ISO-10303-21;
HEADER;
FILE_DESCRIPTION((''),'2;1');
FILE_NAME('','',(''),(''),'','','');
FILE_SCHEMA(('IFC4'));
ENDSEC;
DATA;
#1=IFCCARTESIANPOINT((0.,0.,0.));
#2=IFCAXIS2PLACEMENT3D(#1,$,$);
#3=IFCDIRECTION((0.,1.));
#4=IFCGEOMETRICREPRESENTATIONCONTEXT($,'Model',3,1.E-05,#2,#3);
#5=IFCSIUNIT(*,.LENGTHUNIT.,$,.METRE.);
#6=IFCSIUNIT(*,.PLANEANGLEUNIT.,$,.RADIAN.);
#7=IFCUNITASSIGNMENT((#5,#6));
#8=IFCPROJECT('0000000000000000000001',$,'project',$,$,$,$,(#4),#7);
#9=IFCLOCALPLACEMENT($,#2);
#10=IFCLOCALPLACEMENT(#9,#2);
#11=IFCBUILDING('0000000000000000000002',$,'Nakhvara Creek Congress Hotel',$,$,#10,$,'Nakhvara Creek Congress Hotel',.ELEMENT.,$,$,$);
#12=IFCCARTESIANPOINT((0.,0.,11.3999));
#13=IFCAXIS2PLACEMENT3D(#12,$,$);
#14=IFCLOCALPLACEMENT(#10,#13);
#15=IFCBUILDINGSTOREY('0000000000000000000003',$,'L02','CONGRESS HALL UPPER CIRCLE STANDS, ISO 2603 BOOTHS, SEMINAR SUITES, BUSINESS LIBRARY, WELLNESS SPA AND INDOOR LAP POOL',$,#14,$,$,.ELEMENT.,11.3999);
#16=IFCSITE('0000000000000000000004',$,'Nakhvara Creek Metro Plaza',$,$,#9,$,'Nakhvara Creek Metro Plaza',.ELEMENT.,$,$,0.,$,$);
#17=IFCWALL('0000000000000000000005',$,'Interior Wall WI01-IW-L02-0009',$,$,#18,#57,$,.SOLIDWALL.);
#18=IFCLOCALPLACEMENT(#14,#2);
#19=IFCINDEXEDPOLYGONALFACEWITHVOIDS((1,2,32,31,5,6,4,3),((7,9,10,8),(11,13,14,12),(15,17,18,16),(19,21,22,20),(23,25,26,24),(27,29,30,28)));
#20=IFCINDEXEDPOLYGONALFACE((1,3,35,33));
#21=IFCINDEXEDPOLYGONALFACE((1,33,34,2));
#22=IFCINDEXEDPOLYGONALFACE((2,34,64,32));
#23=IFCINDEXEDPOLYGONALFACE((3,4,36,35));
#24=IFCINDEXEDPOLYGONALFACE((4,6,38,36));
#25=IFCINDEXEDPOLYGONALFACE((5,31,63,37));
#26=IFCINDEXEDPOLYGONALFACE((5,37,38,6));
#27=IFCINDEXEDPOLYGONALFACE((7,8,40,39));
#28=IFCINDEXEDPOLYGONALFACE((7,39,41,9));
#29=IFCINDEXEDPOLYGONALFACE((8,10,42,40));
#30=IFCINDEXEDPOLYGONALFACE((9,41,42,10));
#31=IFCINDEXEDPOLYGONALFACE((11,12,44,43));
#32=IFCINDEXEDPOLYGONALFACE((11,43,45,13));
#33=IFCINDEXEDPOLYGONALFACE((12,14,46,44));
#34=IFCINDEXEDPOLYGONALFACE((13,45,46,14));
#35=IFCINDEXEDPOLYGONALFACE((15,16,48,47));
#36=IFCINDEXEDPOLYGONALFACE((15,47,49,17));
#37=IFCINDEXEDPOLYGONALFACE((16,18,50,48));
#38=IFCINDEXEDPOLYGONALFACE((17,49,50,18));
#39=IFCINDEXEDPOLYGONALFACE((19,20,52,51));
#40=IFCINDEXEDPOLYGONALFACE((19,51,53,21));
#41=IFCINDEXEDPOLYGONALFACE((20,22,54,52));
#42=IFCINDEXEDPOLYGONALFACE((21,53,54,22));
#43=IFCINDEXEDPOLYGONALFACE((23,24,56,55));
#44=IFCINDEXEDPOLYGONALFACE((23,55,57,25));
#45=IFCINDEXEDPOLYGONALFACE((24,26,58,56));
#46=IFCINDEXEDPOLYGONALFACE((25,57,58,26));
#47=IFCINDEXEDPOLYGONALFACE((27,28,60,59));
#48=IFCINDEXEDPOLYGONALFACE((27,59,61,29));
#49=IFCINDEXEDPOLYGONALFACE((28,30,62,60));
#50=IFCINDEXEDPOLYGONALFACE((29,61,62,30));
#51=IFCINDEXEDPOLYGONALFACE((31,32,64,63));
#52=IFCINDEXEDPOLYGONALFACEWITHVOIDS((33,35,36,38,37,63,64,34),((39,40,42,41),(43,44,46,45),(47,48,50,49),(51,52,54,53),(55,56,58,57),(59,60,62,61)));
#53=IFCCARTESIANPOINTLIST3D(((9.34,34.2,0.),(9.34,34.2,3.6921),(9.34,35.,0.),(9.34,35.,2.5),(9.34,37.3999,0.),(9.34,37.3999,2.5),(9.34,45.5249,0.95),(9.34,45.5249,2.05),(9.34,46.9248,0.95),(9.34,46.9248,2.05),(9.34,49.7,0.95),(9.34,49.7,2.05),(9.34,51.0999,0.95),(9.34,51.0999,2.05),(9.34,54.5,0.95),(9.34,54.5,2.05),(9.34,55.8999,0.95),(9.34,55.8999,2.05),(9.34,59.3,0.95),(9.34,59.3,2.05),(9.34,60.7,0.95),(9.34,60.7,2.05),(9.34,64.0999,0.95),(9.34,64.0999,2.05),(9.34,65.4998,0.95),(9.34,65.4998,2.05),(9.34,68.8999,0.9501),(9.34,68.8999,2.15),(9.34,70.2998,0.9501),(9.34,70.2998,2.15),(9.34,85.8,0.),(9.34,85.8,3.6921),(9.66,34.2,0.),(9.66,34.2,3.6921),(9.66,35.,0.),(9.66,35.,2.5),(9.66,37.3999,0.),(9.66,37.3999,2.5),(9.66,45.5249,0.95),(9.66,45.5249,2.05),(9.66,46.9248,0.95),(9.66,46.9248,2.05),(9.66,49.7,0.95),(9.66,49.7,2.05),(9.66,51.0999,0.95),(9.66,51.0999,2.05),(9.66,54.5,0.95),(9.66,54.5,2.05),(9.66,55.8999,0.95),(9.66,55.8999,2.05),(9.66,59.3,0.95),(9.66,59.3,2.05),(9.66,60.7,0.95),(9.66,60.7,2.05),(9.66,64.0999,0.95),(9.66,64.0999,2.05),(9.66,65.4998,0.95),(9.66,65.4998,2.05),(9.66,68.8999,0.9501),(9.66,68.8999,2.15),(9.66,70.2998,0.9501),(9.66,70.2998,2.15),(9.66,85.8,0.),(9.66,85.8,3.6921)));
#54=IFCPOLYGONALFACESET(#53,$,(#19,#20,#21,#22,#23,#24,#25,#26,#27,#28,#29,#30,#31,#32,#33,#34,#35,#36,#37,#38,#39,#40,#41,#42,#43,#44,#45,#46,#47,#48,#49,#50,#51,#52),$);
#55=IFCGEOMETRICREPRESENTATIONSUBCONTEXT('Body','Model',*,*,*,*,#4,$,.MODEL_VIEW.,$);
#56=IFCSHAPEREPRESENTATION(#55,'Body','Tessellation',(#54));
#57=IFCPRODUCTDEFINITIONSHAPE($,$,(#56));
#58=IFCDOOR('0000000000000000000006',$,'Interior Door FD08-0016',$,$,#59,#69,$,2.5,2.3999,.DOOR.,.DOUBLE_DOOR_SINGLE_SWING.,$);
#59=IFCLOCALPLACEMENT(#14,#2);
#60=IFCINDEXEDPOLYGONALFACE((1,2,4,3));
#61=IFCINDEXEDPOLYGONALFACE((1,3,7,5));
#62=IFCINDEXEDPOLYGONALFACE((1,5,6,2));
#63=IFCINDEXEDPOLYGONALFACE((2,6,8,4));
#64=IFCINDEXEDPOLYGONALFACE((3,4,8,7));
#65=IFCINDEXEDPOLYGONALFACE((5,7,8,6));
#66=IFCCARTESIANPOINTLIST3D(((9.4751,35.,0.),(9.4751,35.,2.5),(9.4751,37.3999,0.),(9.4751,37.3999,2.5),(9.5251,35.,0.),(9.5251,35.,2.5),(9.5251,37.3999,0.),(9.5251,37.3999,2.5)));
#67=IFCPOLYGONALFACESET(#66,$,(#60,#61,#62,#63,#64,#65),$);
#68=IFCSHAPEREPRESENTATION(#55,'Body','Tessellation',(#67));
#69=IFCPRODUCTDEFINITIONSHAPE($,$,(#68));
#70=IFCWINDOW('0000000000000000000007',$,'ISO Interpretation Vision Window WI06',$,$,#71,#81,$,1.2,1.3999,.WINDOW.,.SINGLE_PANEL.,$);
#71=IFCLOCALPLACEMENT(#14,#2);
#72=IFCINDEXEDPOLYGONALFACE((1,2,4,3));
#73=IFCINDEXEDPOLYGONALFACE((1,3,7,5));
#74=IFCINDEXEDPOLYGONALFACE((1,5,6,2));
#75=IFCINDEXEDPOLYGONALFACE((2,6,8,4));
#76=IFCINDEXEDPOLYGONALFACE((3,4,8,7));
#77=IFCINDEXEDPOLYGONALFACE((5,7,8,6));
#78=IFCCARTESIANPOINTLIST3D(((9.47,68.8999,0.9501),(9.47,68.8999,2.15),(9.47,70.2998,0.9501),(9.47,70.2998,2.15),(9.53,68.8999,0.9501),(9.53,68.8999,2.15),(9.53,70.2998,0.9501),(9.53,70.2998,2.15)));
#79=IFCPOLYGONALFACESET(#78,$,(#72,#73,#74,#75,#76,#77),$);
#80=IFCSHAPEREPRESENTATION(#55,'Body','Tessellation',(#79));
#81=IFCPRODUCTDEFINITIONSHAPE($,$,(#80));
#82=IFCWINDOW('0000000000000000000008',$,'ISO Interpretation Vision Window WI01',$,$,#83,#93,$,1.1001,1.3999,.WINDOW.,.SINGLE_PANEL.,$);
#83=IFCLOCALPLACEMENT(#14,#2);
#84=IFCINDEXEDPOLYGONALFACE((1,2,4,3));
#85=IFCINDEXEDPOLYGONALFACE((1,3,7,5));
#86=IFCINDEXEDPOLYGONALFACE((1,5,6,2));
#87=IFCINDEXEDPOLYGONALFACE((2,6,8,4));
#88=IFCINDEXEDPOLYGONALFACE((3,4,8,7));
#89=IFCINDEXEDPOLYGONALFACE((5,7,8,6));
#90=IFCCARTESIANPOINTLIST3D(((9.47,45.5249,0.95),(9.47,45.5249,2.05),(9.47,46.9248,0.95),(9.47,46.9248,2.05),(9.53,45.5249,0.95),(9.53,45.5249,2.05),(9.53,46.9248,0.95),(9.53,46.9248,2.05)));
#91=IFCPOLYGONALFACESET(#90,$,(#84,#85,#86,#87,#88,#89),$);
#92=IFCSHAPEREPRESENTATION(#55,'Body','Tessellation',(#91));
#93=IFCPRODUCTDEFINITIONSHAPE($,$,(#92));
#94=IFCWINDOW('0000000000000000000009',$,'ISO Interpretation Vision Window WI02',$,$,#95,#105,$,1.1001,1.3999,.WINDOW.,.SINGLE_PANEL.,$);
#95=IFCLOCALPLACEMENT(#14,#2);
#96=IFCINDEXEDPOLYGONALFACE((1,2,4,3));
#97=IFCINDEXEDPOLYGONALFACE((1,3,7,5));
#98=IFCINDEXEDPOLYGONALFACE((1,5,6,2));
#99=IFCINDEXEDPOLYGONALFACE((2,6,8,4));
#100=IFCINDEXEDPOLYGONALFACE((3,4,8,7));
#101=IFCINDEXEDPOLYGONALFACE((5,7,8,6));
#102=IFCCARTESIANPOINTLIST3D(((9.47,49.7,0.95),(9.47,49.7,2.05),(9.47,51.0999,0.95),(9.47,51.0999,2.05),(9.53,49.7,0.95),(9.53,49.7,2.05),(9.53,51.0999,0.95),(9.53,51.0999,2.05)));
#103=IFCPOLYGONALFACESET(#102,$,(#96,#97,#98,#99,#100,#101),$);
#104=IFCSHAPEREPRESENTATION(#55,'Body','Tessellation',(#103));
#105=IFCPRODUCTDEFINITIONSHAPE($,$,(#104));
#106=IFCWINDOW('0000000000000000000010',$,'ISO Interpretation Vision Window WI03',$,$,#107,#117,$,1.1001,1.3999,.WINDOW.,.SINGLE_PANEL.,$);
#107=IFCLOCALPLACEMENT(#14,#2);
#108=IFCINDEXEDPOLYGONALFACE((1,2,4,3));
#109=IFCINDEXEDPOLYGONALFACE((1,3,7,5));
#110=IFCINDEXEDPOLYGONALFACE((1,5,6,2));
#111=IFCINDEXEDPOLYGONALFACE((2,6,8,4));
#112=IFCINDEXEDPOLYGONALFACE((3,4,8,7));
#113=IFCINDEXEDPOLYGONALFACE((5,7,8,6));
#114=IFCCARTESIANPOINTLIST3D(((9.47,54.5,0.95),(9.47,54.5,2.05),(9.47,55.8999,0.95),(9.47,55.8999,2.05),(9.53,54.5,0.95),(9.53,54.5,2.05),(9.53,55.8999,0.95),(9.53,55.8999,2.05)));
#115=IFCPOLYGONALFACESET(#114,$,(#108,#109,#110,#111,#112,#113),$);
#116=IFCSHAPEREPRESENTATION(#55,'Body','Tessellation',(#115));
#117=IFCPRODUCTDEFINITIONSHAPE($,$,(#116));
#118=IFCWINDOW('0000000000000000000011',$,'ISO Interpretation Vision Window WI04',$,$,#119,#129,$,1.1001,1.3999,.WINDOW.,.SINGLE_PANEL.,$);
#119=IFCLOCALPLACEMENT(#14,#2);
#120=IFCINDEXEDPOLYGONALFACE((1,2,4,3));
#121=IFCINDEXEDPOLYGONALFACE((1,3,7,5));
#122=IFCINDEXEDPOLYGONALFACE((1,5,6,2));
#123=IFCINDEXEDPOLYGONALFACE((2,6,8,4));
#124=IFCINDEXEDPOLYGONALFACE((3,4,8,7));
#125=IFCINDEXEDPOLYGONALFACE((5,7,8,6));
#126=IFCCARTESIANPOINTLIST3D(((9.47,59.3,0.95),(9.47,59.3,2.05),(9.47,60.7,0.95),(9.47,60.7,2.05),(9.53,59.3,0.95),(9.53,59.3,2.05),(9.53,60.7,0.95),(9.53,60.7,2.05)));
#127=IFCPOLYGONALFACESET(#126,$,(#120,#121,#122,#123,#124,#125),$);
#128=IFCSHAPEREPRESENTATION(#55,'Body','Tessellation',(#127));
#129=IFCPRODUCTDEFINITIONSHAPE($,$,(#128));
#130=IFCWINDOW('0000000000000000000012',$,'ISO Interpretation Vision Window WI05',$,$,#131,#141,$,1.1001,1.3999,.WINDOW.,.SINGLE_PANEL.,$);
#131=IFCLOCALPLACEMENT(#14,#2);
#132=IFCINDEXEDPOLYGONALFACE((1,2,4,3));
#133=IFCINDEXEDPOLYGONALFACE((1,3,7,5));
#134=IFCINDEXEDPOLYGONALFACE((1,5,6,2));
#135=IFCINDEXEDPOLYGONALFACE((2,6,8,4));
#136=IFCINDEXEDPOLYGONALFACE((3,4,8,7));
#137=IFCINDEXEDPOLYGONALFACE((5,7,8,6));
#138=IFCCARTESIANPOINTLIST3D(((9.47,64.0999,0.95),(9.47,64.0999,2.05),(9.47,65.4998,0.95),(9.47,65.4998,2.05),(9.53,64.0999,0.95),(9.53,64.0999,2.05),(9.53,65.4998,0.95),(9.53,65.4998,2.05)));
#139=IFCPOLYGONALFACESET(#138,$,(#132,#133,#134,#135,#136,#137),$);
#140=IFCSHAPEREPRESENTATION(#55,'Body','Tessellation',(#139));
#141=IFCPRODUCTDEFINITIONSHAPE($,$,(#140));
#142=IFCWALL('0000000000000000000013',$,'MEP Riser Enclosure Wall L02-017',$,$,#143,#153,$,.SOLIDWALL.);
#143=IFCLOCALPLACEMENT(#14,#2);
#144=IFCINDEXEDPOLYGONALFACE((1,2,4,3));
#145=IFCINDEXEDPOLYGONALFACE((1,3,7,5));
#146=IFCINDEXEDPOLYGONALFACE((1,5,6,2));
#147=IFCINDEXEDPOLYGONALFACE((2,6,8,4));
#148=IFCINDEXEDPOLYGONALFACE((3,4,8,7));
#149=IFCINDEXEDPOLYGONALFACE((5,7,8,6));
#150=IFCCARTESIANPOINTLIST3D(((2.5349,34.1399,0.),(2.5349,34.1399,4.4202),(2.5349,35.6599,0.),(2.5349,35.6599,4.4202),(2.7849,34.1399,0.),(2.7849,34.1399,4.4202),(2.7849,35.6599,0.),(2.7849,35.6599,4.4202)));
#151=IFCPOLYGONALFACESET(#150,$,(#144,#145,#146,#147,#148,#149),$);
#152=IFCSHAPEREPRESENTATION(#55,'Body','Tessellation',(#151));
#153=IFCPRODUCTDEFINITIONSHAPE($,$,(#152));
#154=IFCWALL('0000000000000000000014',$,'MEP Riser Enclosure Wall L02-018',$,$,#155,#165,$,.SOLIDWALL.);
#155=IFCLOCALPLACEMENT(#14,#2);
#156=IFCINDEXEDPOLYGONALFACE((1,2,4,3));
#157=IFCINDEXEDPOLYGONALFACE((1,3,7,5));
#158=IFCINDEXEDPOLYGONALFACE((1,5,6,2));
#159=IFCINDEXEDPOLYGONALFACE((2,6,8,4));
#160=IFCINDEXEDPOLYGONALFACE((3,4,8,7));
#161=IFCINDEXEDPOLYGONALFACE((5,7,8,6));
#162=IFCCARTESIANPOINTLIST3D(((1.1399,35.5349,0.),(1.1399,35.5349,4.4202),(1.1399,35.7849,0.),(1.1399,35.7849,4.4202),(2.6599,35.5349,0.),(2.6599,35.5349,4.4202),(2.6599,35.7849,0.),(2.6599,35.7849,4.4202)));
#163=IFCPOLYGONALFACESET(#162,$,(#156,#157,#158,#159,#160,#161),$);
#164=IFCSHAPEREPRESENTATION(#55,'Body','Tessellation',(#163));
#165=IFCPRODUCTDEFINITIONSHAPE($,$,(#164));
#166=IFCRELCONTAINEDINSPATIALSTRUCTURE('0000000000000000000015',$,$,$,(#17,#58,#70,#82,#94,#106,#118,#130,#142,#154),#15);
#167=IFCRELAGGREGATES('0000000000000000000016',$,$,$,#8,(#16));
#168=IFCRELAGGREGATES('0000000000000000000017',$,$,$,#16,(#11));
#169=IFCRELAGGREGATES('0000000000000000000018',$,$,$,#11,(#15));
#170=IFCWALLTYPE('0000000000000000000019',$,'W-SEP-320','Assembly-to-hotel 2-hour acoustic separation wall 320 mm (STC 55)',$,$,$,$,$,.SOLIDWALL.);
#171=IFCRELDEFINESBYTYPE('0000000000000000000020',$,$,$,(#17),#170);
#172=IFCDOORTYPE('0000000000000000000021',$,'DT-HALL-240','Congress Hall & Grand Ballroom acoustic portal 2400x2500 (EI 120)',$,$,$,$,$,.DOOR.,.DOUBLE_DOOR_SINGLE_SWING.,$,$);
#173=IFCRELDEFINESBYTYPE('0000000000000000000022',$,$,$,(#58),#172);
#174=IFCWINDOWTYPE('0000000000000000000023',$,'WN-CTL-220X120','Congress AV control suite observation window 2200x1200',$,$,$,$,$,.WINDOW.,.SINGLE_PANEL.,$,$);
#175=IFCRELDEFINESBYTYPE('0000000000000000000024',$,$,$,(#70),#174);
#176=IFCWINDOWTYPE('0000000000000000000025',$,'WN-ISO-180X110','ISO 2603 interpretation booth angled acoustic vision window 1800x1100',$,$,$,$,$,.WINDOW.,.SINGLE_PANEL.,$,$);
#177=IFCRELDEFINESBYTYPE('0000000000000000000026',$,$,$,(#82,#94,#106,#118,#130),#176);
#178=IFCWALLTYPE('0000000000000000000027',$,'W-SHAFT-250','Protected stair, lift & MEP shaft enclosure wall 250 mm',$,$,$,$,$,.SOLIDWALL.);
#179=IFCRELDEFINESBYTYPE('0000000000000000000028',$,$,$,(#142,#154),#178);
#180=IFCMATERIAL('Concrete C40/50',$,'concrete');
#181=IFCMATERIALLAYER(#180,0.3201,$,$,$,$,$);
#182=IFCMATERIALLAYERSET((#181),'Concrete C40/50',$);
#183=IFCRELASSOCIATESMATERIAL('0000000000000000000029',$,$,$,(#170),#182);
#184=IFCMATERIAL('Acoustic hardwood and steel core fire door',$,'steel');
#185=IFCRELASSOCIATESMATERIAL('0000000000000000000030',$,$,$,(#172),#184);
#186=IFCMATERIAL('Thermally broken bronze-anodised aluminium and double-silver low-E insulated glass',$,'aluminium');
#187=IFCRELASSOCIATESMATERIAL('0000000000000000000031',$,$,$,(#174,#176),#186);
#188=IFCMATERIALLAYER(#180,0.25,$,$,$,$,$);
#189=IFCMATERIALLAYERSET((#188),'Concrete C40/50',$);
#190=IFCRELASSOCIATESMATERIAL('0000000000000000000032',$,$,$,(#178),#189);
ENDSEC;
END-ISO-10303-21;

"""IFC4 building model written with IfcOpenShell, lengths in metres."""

from ifc_helpers import new_model, si_unit, direction, frame, frame_2d, origin, place, context, subcontext, project, spatial, rectangle, extrude, material, layer, layer_set, type_object, element, fill, save


model = new_model("IFC4")

# Units and contexts
model_context = context("Model", 3, precision=1e-05, world=origin(), true_north=direction((0.0, 1.0)))
body_context = subcontext(model_context, "Body", "Model", "MODEL_VIEW")
ifc_project = project(units=[si_unit("LENGTHUNIT", "METRE"), si_unit("PLANEANGLEUNIT", "RADIAN")], contexts=[model_context])

# Site, building, storey
site_placement = place(None, origin())
site = spatial("IfcSite", under=ifc_project, at=site_placement, Name="Nakhvara Creek Metro Plaza", LongName="Nakhvara Creek Metro Plaza", CompositionType="ELEMENT", RefElevation=0.0)
building_placement = place(site_placement, origin())
building = spatial("IfcBuilding", under=site, at=building_placement, Name="Nakhvara Creek Congress Hotel", LongName="Nakhvara Creek Congress Hotel", CompositionType="ELEMENT")
storey_placement = place(building_placement, frame((0.0, 0.0, 11.3999)))
storey = spatial("IfcBuildingStorey", under=building, at=storey_placement, Name="L02", Description="CONGRESS HALL UPPER CIRCLE STANDS, ISO 2603 BOOTHS, SEMINAR SUITES, BUSINESS LIBRARY, WELLNESS SPA AND INDOOR LAP POOL", CompositionType="ELEMENT", Elevation=11.3999)

# Shared definitions
ifc_material_1 = material(Name="Concrete C40/50", Category="concrete")

# Wall, openings, door, windows
ifc_layer_1 = layer(ifc_material_1, 0.3201)
ifc_layer_set_1 = layer_set([ifc_layer_1], Name="Concrete C40/50")
wall_type_1 = type_object("IfcWallType", Name="W-SEP-320", Description="Assembly-to-hotel 2-hour acoustic separation wall 320 mm (STC 55)", PredefinedType="SOLIDWALL", material=ifc_layer_set_1)
wall_1_placement = place(storey_placement, frame((9.5, 34.2, 0.0), z_axis=(0.0, 0.0, 1.0), x_axis=(0.0, 1.0, 0.0)))
wall_1 = element("IfcWall", 1, at=wall_1_placement, inside=storey, type_object=wall_type_1, Name="Interior Wall WI01-IW-L02-0009", PredefinedType="SOLIDWALL", context=body_context, shape_type="SweptSolid", body=[
    extrude(rectangle(XDim=51.6001, YDim=0.3201, at=frame_2d((25.8, 0.0))), origin(), (0.0, 0.0, 1.0), 3.6921),
])
opening_1_placement = place(wall_1_placement, frame((0.8, 0.0, 0.0)))
opening_1 = element("IfcOpeningElement", 2, at=opening_1_placement, cuts=wall_1, PredefinedType="OPENING", context=body_context, shape_type="SweptSolid", body=[
    extrude(rectangle(XDim=2.3999, YDim=2.5, at=frame_2d((1.2, 1.25))), frame((0.0, 0.1719, 0.0), z_axis=(0.0, -1.0, 0.0), x_axis=(1.0, 0.0, 0.0)), (0.0, 0.0, 1.0), 0.344),
])
opening_2_placement = place(wall_1_placement, frame((11.325, 0.0, 0.95)))
opening_2 = element("IfcOpeningElement", 3, at=opening_2_placement, cuts=wall_1, PredefinedType="OPENING", context=body_context, shape_type="SweptSolid", body=[
    extrude(rectangle(XDim=1.3999, YDim=1.1001, at=frame_2d((0.7, 0.55))), frame((0.0, 0.1719, 0.0), z_axis=(0.0, -1.0, 0.0), x_axis=(1.0, 0.0, 0.0)), (0.0, 0.0, 1.0), 0.344),
])
opening_3_placement = place(wall_1_placement, frame((15.5, 0.0, 0.95)))
opening_3 = element("IfcOpeningElement", 4, at=opening_3_placement, cuts=wall_1, PredefinedType="OPENING", context=body_context, shape_type="SweptSolid", body=[
    extrude(rectangle(XDim=1.3999, YDim=1.1001, at=frame_2d((0.7, 0.55))), frame((0.0, 0.1719, 0.0), z_axis=(0.0, -1.0, 0.0), x_axis=(1.0, 0.0, 0.0)), (0.0, 0.0, 1.0), 0.344),
])
opening_4_placement = place(wall_1_placement, frame((20.3, 0.0, 0.95)))
opening_4 = element("IfcOpeningElement", 5, at=opening_4_placement, cuts=wall_1, PredefinedType="OPENING", context=body_context, shape_type="SweptSolid", body=[
    extrude(rectangle(XDim=1.3999, YDim=1.1001, at=frame_2d((0.7, 0.55))), frame((0.0, 0.1719, 0.0), z_axis=(0.0, -1.0, 0.0), x_axis=(1.0, 0.0, 0.0)), (0.0, 0.0, 1.0), 0.344),
])
opening_5_placement = place(wall_1_placement, frame((25.1001, 0.0, 0.95)))
opening_5 = element("IfcOpeningElement", 6, at=opening_5_placement, cuts=wall_1, PredefinedType="OPENING", context=body_context, shape_type="SweptSolid", body=[
    extrude(rectangle(XDim=1.3999, YDim=1.1001, at=frame_2d((0.7, 0.55))), frame((0.0, 0.1719, 0.0), z_axis=(0.0, -1.0, 0.0), x_axis=(1.0, 0.0, 0.0)), (0.0, 0.0, 1.0), 0.344),
])
opening_6_placement = place(wall_1_placement, frame((29.8999, 0.0, 0.95)))
opening_6 = element("IfcOpeningElement", 7, at=opening_6_placement, cuts=wall_1, PredefinedType="OPENING", context=body_context, shape_type="SweptSolid", body=[
    extrude(rectangle(XDim=1.3999, YDim=1.1001, at=frame_2d((0.7, 0.55))), frame((0.0, 0.1719, 0.0), z_axis=(0.0, -1.0, 0.0), x_axis=(1.0, 0.0, 0.0)), (0.0, 0.0, 1.0), 0.344),
])
opening_7_placement = place(wall_1_placement, frame((34.7, 0.0, 0.95)))
opening_7 = element("IfcOpeningElement", 8, at=opening_7_placement, cuts=wall_1, PredefinedType="OPENING", context=body_context, shape_type="SweptSolid", body=[
    extrude(rectangle(XDim=1.3999, YDim=1.2, at=frame_2d((0.7, 0.6001))), frame((0.0, 0.1719, 0.0), z_axis=(0.0, -1.0, 0.0), x_axis=(1.0, 0.0, 0.0)), (0.0, 0.0, 1.0), 0.344),
])
ifc_material_2 = material(Name="Acoustic hardwood and steel core fire door", Category="steel")
door_type_1 = type_object("IfcDoorType", Name="DT-HALL-240", Description="Congress Hall & Grand Ballroom acoustic portal 2400x2500 (EI 120)", OperationType="DOUBLE_DOOR_SINGLE_SWING", PredefinedType="DOOR", material=ifc_material_2)
door_1_placement = place(opening_1_placement, origin())
door_1 = element("IfcDoor", 9, at=door_1_placement, inside=storey, type_object=door_type_1, Name="Interior Door FD08-0016", OperationType="DOUBLE_DOOR_SINGLE_SWING", OverallHeight=2.5, OverallWidth=2.3999, PredefinedType="DOOR", context=body_context, shape_type="SweptSolid", body=[
    extrude(rectangle(XDim=2.3999, YDim=2.5, at=frame_2d((1.2, 1.25))), frame((0.0, 0.0249, 0.0), z_axis=(0.0, -1.0, 0.0), x_axis=(1.0, 0.0, 0.0)), (0.0, 0.0, 1.0), 0.05),
])
fill(opening_1, door_1)
ifc_material_3 = material(Name="Thermally broken bronze-anodised aluminium and double-silver low-E insulated glass", Category="aluminium")
window_type_1 = type_object("IfcWindowType", Name="WN-CTL-220X120", Description="Congress AV control suite observation window 2200x1200", PartitioningType="SINGLE_PANEL", PredefinedType="WINDOW", material=ifc_material_3)
window_1_placement = place(opening_7_placement, origin())
window_1 = element("IfcWindow", 10, at=window_1_placement, inside=storey, type_object=window_type_1, Name="ISO Interpretation Vision Window WI06", OverallHeight=1.2, OverallWidth=1.3999, PartitioningType="SINGLE_PANEL", PredefinedType="WINDOW", context=body_context, shape_type="SweptSolid", body=[
    extrude(rectangle(XDim=1.3999, YDim=1.2, at=frame_2d((0.7, 0.6001))), frame((0.0, 0.03, 0.0), z_axis=(0.0, -1.0, 0.0), x_axis=(1.0, 0.0, 0.0)), (0.0, 0.0, 1.0), 0.0601),
])
fill(opening_7, window_1)
window_type_2 = type_object("IfcWindowType", Name="WN-ISO-180X110", Description="ISO 2603 interpretation booth angled acoustic vision window 1800x1100", PartitioningType="SINGLE_PANEL", PredefinedType="WINDOW", material=ifc_material_3)
window_2_placement = place(opening_2_placement, origin())
window_2 = element("IfcWindow", 11, at=window_2_placement, inside=storey, type_object=window_type_2, Name="ISO Interpretation Vision Window WI01", OverallHeight=1.1001, OverallWidth=1.3999, PartitioningType="SINGLE_PANEL", PredefinedType="WINDOW", context=body_context, shape_type="SweptSolid", body=[
    extrude(rectangle(XDim=1.3999, YDim=1.1001, at=frame_2d((0.7, 0.55))), frame((0.0, 0.03, 0.0), z_axis=(0.0, -1.0, 0.0), x_axis=(1.0, 0.0, 0.0)), (0.0, 0.0, 1.0), 0.0601),
])
fill(opening_2, window_2)
window_3_placement = place(opening_3_placement, origin())
window_3 = element("IfcWindow", 12, at=window_3_placement, inside=storey, type_object=window_type_2, Name="ISO Interpretation Vision Window WI02", OverallHeight=1.1001, OverallWidth=1.3999, PartitioningType="SINGLE_PANEL", PredefinedType="WINDOW", context=body_context, shape_type="SweptSolid", body=[
    extrude(rectangle(XDim=1.3999, YDim=1.1001, at=frame_2d((0.7, 0.55))), frame((0.0, 0.03, 0.0), z_axis=(0.0, -1.0, 0.0), x_axis=(1.0, 0.0, 0.0)), (0.0, 0.0, 1.0), 0.0601),
])
fill(opening_3, window_3)
window_4_placement = place(opening_4_placement, origin())
window_4 = element("IfcWindow", 13, at=window_4_placement, inside=storey, type_object=window_type_2, Name="ISO Interpretation Vision Window WI03", OverallHeight=1.1001, OverallWidth=1.3999, PartitioningType="SINGLE_PANEL", PredefinedType="WINDOW", context=body_context, shape_type="SweptSolid", body=[
    extrude(rectangle(XDim=1.3999, YDim=1.1001, at=frame_2d((0.7, 0.55))), frame((0.0, 0.03, 0.0), z_axis=(0.0, -1.0, 0.0), x_axis=(1.0, 0.0, 0.0)), (0.0, 0.0, 1.0), 0.0601),
])
fill(opening_4, window_4)
window_5_placement = place(opening_5_placement, origin())
window_5 = element("IfcWindow", 14, at=window_5_placement, inside=storey, type_object=window_type_2, Name="ISO Interpretation Vision Window WI04", OverallHeight=1.1001, OverallWidth=1.3999, PartitioningType="SINGLE_PANEL", PredefinedType="WINDOW", context=body_context, shape_type="SweptSolid", body=[
    extrude(rectangle(XDim=1.3999, YDim=1.1001, at=frame_2d((0.7, 0.55))), frame((0.0, 0.03, 0.0), z_axis=(0.0, -1.0, 0.0), x_axis=(1.0, 0.0, 0.0)), (0.0, 0.0, 1.0), 0.0601),
])
fill(opening_5, window_5)
window_6_placement = place(opening_6_placement, origin())
window_6 = element("IfcWindow", 15, at=window_6_placement, inside=storey, type_object=window_type_2, Name="ISO Interpretation Vision Window WI05", OverallHeight=1.1001, OverallWidth=1.3999, PartitioningType="SINGLE_PANEL", PredefinedType="WINDOW", context=body_context, shape_type="SweptSolid", body=[
    extrude(rectangle(XDim=1.3999, YDim=1.1001, at=frame_2d((0.7, 0.55))), frame((0.0, 0.03, 0.0), z_axis=(0.0, -1.0, 0.0), x_axis=(1.0, 0.0, 0.0)), (0.0, 0.0, 1.0), 0.0601),
])
fill(opening_6, window_6)

# Walls
ifc_layer_2 = layer(ifc_material_1, 0.25)
ifc_layer_set_2 = layer_set([ifc_layer_2], Name="Concrete C40/50")
wall_type_2 = type_object("IfcWallType", Name="W-SHAFT-250", Description="Protected stair, lift & MEP shaft enclosure wall 250 mm", PredefinedType="SOLIDWALL", material=ifc_layer_set_2)
for number, where, z_axis, x_axis, name in (
    (16, (2.6599, 34.1399, 0.0), (0.0, 0.0, 1.0), (0.0, 1.0, 0.0), "MEP Riser Enclosure Wall L02-017"),
    (17, (2.6599, 35.6599, 0.0), (0.0, 0.0, 1.0), (-1.0, 0.0, 0.0), "MEP Riser Enclosure Wall L02-018"),
):
    element("IfcWall", number, at=place(storey_placement, frame(where, z_axis=z_axis, x_axis=x_axis)), inside=storey, type_object=wall_type_2, Name=name, PredefinedType="SOLIDWALL", context=body_context, shape_type="SweptSolid", body=[
        extrude(rectangle(XDim=1.52, YDim=0.25, at=frame_2d((0.76, 0.0))), origin(), (0.0, 0.0, 1.0), 4.4202),
    ])

save(model, "model.ifc")
